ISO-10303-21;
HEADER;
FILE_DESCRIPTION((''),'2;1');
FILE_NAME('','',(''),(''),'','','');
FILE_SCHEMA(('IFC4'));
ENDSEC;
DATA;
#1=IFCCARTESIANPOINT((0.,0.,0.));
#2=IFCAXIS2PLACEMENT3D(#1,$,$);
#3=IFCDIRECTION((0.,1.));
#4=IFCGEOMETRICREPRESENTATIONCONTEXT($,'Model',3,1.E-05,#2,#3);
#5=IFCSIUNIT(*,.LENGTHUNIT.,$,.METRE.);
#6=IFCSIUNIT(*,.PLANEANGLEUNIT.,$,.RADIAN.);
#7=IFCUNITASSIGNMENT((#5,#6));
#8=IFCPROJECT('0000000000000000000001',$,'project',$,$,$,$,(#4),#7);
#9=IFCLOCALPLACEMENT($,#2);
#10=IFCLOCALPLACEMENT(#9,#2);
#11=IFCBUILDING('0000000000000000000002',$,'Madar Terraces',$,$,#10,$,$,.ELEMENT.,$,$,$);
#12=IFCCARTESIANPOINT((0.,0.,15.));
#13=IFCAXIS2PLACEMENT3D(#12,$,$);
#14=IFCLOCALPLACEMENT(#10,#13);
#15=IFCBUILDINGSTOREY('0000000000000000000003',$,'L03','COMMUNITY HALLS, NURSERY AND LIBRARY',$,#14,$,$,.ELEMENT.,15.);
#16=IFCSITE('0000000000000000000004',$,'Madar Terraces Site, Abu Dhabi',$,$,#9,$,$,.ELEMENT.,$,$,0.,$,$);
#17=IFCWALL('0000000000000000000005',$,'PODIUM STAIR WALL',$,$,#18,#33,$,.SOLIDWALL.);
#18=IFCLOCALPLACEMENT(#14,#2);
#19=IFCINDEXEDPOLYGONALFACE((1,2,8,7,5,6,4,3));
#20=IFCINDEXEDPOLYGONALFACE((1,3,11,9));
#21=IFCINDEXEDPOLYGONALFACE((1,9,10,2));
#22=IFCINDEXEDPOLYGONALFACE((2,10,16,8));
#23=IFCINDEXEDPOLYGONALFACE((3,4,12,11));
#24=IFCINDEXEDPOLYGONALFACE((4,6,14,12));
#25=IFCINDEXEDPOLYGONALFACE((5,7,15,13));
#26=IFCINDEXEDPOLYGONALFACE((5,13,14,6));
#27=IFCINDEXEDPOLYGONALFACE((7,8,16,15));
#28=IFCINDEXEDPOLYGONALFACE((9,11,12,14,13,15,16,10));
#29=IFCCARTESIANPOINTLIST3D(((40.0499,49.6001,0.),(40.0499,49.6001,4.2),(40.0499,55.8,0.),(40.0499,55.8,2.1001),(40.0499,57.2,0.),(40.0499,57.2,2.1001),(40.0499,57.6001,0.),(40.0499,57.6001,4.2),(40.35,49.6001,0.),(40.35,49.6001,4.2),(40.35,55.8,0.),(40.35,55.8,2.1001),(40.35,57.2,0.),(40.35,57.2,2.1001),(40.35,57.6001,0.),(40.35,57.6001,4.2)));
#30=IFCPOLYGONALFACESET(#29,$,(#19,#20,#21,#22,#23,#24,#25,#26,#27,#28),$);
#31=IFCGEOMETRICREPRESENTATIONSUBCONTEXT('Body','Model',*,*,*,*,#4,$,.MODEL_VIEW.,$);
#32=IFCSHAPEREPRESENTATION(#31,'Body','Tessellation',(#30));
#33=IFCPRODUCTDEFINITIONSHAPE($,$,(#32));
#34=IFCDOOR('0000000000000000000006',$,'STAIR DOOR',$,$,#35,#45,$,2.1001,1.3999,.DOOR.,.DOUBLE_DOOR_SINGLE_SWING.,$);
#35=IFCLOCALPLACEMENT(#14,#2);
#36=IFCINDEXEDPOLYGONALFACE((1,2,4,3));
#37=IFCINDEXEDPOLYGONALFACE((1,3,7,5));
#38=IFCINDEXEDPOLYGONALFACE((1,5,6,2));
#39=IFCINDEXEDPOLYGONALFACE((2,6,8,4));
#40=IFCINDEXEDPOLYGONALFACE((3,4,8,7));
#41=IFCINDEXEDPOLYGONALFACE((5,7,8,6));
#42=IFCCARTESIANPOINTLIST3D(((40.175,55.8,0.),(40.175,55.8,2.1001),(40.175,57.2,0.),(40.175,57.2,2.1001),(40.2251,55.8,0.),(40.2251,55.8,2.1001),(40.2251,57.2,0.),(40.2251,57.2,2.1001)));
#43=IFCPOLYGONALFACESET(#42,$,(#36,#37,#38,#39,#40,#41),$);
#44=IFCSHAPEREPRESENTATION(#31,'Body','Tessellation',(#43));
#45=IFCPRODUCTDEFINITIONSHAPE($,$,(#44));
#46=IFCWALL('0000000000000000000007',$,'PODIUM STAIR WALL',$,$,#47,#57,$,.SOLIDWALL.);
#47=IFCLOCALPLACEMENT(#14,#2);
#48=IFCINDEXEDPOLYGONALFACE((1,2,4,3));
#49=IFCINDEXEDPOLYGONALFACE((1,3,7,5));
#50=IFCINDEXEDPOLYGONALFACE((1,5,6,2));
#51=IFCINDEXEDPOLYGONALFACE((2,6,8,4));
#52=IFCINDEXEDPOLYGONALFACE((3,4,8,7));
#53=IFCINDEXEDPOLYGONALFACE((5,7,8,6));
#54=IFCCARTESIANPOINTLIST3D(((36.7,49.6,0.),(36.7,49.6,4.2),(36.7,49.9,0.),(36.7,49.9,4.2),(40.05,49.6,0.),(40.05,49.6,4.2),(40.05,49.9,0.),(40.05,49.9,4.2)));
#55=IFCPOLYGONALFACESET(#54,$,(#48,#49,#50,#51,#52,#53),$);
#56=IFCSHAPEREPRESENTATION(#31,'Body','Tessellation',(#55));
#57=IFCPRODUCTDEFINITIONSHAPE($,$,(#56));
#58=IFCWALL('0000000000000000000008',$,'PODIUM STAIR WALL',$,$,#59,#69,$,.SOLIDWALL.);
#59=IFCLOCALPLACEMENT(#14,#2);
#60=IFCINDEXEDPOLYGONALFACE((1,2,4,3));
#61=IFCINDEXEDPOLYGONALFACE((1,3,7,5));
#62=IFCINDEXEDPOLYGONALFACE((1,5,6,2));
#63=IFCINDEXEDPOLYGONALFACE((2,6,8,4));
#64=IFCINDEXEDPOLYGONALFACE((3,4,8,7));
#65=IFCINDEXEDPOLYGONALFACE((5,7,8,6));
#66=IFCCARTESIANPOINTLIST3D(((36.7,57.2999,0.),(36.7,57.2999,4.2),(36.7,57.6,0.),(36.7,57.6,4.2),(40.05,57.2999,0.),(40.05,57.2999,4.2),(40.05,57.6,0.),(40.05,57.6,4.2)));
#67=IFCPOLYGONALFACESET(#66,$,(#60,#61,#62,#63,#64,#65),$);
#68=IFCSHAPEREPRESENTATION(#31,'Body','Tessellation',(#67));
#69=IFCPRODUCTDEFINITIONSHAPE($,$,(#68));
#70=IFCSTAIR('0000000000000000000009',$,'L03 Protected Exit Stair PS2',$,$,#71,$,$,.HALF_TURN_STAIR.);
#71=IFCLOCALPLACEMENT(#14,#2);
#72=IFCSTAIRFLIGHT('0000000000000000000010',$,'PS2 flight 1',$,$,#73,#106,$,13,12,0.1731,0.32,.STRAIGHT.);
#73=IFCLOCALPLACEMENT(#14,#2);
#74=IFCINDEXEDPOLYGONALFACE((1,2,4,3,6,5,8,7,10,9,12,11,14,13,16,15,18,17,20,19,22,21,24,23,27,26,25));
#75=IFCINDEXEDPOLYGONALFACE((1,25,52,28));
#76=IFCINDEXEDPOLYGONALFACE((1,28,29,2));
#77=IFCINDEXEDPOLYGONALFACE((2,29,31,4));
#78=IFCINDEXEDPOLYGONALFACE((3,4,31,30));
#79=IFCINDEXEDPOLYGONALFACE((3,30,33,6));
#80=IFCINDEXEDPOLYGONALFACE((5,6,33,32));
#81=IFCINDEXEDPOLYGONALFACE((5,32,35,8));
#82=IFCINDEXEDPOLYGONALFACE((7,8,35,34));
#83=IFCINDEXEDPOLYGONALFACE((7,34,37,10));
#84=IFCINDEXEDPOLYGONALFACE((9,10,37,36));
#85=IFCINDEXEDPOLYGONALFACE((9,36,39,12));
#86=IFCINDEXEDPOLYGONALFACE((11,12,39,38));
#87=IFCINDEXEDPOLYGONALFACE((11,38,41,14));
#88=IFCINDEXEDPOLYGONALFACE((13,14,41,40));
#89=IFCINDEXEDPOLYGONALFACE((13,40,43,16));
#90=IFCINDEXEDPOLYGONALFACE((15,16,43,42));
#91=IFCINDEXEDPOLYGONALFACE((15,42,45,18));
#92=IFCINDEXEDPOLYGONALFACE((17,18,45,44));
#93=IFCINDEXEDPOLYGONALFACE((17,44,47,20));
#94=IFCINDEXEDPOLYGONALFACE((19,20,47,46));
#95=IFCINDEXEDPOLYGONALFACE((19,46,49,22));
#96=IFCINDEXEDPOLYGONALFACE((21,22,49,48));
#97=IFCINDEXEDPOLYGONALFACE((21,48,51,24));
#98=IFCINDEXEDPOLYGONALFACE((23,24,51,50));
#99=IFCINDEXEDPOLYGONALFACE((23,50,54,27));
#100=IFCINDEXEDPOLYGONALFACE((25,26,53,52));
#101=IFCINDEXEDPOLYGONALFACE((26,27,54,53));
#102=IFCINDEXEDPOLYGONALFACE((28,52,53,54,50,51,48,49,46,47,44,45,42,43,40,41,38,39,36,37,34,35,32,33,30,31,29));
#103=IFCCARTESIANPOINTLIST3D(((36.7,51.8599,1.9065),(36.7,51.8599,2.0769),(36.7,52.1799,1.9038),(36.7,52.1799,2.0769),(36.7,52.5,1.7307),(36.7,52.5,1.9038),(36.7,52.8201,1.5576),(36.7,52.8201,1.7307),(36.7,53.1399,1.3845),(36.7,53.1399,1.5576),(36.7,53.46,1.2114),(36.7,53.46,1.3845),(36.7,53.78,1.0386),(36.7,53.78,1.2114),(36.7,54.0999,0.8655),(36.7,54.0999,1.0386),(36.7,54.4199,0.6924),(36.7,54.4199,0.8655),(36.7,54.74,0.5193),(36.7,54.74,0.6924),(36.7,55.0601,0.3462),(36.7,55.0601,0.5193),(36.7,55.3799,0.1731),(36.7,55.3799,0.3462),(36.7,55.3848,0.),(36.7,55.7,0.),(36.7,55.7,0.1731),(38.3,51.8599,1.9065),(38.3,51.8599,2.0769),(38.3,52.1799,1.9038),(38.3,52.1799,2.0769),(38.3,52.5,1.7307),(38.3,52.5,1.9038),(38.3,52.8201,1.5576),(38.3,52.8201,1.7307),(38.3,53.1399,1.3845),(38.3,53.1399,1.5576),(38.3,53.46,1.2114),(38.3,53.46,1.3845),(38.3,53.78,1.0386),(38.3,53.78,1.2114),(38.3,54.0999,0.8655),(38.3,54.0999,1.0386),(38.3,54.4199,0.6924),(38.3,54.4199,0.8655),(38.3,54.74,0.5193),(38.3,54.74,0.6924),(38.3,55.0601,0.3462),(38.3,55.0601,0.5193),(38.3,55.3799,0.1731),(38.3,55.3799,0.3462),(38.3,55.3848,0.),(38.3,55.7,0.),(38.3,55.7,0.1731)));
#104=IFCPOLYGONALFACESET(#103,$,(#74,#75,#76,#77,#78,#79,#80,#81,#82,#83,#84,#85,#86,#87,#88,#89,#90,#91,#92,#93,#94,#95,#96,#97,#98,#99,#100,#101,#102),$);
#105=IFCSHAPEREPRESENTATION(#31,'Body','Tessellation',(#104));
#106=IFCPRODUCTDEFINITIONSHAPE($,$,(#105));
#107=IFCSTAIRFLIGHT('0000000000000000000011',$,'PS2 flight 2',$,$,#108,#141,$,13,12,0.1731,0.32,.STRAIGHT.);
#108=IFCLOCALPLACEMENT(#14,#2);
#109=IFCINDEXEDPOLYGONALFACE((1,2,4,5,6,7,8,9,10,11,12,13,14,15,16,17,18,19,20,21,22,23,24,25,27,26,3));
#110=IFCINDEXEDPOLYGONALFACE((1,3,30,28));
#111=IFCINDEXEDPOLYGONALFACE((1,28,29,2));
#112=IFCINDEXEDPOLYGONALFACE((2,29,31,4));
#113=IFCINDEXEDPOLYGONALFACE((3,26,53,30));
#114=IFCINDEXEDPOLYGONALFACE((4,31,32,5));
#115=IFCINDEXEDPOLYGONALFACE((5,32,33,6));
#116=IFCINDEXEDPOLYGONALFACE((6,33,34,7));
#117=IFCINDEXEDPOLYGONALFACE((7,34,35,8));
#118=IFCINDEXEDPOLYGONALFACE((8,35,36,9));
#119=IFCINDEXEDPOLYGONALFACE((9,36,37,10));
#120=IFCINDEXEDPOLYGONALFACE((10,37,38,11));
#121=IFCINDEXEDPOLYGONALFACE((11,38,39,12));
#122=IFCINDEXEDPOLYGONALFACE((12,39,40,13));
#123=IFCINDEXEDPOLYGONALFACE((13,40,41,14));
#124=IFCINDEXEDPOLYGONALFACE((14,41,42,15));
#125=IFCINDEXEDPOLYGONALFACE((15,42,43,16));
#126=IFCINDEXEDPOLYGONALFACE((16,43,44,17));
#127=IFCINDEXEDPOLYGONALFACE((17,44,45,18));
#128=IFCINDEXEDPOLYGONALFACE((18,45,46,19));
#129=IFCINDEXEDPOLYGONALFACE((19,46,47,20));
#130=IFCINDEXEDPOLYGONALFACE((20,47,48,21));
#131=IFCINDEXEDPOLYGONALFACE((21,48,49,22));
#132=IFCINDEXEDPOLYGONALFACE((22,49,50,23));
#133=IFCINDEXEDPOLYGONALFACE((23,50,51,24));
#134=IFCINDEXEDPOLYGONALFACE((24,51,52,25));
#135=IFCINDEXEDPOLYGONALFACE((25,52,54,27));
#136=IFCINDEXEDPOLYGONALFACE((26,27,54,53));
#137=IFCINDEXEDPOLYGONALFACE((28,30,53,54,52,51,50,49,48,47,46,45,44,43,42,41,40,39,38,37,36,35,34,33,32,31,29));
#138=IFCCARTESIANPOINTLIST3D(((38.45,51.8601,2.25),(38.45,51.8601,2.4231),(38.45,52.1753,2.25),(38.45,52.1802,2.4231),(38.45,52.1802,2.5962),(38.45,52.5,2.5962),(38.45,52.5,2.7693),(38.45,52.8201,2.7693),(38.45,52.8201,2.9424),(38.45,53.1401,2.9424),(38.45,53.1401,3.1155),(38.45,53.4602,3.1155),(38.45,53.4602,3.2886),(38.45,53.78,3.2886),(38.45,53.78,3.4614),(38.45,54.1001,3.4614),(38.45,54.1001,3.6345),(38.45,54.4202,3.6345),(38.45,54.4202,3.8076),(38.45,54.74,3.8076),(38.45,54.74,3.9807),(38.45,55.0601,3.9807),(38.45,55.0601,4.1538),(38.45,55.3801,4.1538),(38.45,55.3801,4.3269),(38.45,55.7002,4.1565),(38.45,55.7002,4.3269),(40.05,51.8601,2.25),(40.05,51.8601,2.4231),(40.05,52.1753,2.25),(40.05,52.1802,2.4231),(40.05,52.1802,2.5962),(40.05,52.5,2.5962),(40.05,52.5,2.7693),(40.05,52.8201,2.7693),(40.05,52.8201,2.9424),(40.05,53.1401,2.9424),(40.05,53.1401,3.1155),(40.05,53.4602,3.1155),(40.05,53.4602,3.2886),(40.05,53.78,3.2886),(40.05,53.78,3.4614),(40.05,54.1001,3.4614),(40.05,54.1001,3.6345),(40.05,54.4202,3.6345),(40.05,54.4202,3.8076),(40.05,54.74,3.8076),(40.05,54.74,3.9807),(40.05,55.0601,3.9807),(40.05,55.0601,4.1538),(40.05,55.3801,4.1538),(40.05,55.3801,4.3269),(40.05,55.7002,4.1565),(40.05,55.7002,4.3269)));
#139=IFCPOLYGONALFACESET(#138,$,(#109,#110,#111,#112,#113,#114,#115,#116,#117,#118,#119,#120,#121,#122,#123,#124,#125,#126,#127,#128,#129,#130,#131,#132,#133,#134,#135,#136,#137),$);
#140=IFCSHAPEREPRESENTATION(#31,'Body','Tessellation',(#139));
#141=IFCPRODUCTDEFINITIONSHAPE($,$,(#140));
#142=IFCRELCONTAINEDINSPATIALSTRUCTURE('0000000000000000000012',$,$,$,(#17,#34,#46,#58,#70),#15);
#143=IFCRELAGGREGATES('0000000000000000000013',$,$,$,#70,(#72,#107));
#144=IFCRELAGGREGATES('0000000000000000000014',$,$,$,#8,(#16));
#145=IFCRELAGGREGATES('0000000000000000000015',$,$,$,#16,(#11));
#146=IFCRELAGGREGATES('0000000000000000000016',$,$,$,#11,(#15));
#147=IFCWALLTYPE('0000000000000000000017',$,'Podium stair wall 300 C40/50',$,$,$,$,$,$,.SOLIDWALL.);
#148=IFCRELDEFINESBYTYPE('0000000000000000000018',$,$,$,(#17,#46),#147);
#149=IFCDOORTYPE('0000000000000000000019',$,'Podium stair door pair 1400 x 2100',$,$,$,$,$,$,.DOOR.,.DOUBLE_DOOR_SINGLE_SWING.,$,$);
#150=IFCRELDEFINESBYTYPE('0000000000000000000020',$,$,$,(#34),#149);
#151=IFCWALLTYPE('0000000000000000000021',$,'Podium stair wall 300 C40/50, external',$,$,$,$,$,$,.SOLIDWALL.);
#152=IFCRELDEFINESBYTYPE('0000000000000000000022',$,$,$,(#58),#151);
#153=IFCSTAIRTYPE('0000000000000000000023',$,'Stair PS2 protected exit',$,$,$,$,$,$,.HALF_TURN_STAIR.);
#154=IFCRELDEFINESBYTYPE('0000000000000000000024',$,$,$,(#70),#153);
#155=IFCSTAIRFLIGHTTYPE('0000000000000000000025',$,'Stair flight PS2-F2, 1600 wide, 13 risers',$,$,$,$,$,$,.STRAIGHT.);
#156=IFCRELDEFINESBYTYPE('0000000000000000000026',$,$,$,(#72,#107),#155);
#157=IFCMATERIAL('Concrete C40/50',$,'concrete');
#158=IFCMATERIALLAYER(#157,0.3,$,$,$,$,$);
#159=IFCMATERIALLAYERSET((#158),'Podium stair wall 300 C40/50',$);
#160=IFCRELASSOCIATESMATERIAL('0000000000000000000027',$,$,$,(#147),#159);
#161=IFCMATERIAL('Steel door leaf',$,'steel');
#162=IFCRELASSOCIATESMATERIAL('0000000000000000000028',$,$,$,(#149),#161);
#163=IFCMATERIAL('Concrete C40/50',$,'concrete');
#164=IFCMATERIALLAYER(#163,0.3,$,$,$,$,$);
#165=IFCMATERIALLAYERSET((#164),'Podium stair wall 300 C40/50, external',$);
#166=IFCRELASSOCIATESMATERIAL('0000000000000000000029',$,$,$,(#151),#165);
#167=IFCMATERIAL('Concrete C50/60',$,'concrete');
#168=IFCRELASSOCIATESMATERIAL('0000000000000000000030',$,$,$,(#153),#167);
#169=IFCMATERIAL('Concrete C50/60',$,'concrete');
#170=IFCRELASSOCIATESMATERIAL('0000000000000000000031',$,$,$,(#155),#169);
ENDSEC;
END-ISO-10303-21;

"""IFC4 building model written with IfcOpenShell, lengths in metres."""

from ifc_helpers import new_model, si_unit, direction, frame, frame_2d, origin, place, context, subcontext, project, spatial, polyline, rectangle, outline, extrude, material, layer, layer_set, type_object, element, fill, aggregate, save


model = new_model("IFC4")

# Units and contexts
model_context = context("Model", 3, precision=1e-05, world=origin(), true_north=direction((0.0, 1.0)))
body_context = subcontext(model_context, "Body", "Model", "MODEL_VIEW")
ifc_project = project(units=[si_unit("LENGTHUNIT", "METRE"), si_unit("PLANEANGLEUNIT", "RADIAN")], contexts=[model_context])

# Site, building, storey
site_placement = place(None, origin())
site = spatial("IfcSite", under=ifc_project, at=site_placement, Name="Madar Terraces Site, Abu Dhabi", CompositionType="ELEMENT", RefElevation=0.0)
building_placement = place(site_placement, origin())
building = spatial("IfcBuilding", under=site, at=building_placement, Name="Madar Terraces", CompositionType="ELEMENT")
storey_placement = place(building_placement, frame((0.0, 0.0, 15.0)))
storey = spatial("IfcBuildingStorey", under=building, at=storey_placement, Name="L03", Description="COMMUNITY HALLS, NURSERY AND LIBRARY", CompositionType="ELEMENT", Elevation=15.0)

# Shared definitions
ifc_material_1 = material(Name="Concrete C40/50", Category="concrete")
ifc_layer_1 = layer(ifc_material_1, 0.3)
ifc_layer_set_1 = layer_set([ifc_layer_1], Name="Podium stair wall 300 C40/50")
wall_type_1 = type_object("IfcWallType", Name="Podium stair wall 300 C40/50", PredefinedType="SOLIDWALL", material=ifc_layer_set_1)

# Wall, opening, door
wall_1_placement = place(storey_placement, frame((40.2, 49.6001, 0.0), z_axis=(0.0, 0.0, 1.0), x_axis=(0.0, 1.0, 0.0)))
wall_1 = element("IfcWall", 1, at=wall_1_placement, inside=storey, type_object=wall_type_1, Name="PODIUM STAIR WALL", PredefinedType="SOLIDWALL", context=body_context, shape_type="SweptSolid", body=[
    extrude(rectangle(XDim=8.0, YDim=0.3, at=frame_2d((4.0, 0.0))), origin(), (0.0, 0.0, 1.0), 4.2),
])
opening_1_placement = place(wall_1_placement, frame((6.2, 0.0, 0.0)))
opening_1 = element("IfcOpeningElement", 2, at=opening_1_placement, cuts=wall_1, PredefinedType="OPENING", context=body_context, shape_type="SweptSolid", body=[
    extrude(rectangle(XDim=1.3999, YDim=2.1001, at=frame_2d((0.7, 1.05))), frame((0.0, 0.1599, 0.0), z_axis=(0.0, -1.0, 0.0), x_axis=(1.0, 0.0, 0.0)), (0.0, 0.0, 1.0), 0.3201),
])
ifc_material_2 = material(Name="Steel door leaf", Category="steel")
door_type_1 = type_object("IfcDoorType", Name="Podium stair door pair 1400 x 2100", OperationType="DOUBLE_DOOR_SINGLE_SWING", PredefinedType="DOOR", material=ifc_material_2)
door_1_placement = place(opening_1_placement, origin())
door_1 = element("IfcDoor", 3, at=door_1_placement, inside=storey, type_object=door_type_1, Name="STAIR DOOR", OperationType="DOUBLE_DOOR_SINGLE_SWING", OverallHeight=2.1001, OverallWidth=1.3999, PredefinedType="DOOR", context=body_context, shape_type="SweptSolid", body=[
    extrude(rectangle(XDim=1.3999, YDim=2.1001, at=frame_2d((0.7, 1.05))), frame((0.0, 0.0249, 0.0), z_axis=(0.0, -1.0, 0.0), x_axis=(1.0, 0.0, 0.0)), (0.0, 0.0, 1.0), 0.05),
])
fill(opening_1, door_1)

# Walls
wall_2_placement = place(storey_placement, frame((36.7, 49.75, 0.0), z_axis=(0.0, 0.0, 1.0), x_axis=(1.0, 0.0, 0.0)))
element("IfcWall", 4, at=wall_2_placement, inside=storey, type_object=wall_type_1, Name="PODIUM STAIR WALL", PredefinedType="SOLIDWALL", context=body_context, shape_type="SweptSolid", body=[
    extrude(rectangle(XDim=3.3501, YDim=0.3, at=frame_2d((1.675, 0.0))), origin(), (0.0, 0.0, 1.0), 4.2),
])
ifc_material_3 = material(Name="Concrete C40/50", Category="concrete")
ifc_layer_2 = layer(ifc_material_3, 0.3)
ifc_layer_set_2 = layer_set([ifc_layer_2], Name="Podium stair wall 300 C40/50, external")
wall_type_2 = type_object("IfcWallType", Name="Podium stair wall 300 C40/50, external", PredefinedType="SOLIDWALL", material=ifc_layer_set_2)
wall_3_placement = place(storey_placement, frame((36.7, 57.45, 0.0), z_axis=(0.0, 0.0, 1.0), x_axis=(1.0, 0.0, 0.0)))
element("IfcWall", 5, at=wall_3_placement, inside=storey, type_object=wall_type_2, Name="PODIUM STAIR WALL", PredefinedType="SOLIDWALL", context=body_context, shape_type="SweptSolid", body=[
    extrude(rectangle(XDim=3.3501, YDim=0.3, at=frame_2d((1.675, 0.0))), origin(), (0.0, 0.0, 1.0), 4.2),
])

# Stair, stair flights
ifc_material_4 = material(Name="Concrete C50/60", Category="concrete")
stair_type = type_object("IfcStairType", Name="Stair PS2 protected exit", PredefinedType="HALF_TURN_STAIR", material=ifc_material_4)
stair_placement = place(storey_placement, origin())
stair = element("IfcStair", 6, at=stair_placement, inside=storey, type_object=stair_type, Name="L03 Protected Exit Stair PS2", PredefinedType="HALF_TURN_STAIR")
ifc_material_5 = material(Name="Concrete C50/60", Category="concrete")
stair_flight_type = type_object("IfcStairFlightType", Name="Stair flight PS2-F2, 1600 wide, 13 risers", PredefinedType="STRAIGHT", material=ifc_material_5)
stair_flight_1_placement = place(storey_placement, frame((37.5, 55.7, 0.0), z_axis=(0.0, 0.0, 1.0), x_axis=(0.0, -1.0, 0.0)))
stair_flight_1 = element("IfcStairFlight", 7, at=stair_flight_1_placement, type_object=stair_flight_type, Name="PS2 flight 1", NumberOfRisers=13, NumberOfTreads=12, PredefinedType="STRAIGHT", RiserHeight=0.1731, TreadLength=0.32, context=body_context, shape_type="SweptSolid", body=[
    extrude(outline(polyline([(0.0, 0.0), (0.0, 0.1731), (0.3201, 0.1731), (0.3201, 0.3462), (0.6399, 0.3462), (0.6399, 0.5193), (0.96, 0.5193), (0.96, 0.6924), (1.28, 0.6924), (1.28, 0.8655), (1.6001, 0.8655), (1.6001, 1.0386), (1.9199, 1.0386), (1.9199, 1.2114), (2.24, 1.2114), (2.24, 1.3845), (2.5601, 1.3845), (2.5601, 1.5576), (2.8799, 1.5576), (2.8799, 1.7307), (3.2, 1.7307), (3.2, 1.9038), (3.52, 1.9038), (3.52, 2.0769), (3.8401, 2.0769), (3.8401, 2.25), (3.8401, 1.9065), (0.3152, 0.0), (0.0, 0.0)])), frame((0.0, 0.8, 0.0), z_axis=(0.0, -1.0, 0.0), x_axis=(1.0, 0.0, 0.0)), (0.0, 0.0, 1.0), 1.6001),
])
stair_flight_2_placement = place(storey_placement, frame((39.25, 51.8601, 2.25), z_axis=(0.0, 0.0, 1.0), x_axis=(0.0, 1.0, 0.0)))
stair_flight_2 = element("IfcStairFlight", 8, at=stair_flight_2_placement, type_object=stair_flight_type, Name="PS2 flight 2", NumberOfRisers=13, NumberOfTreads=12, PredefinedType="STRAIGHT", RiserHeight=0.1731, TreadLength=0.32, context=body_context, shape_type="SweptSolid", body=[
    extrude(outline(polyline([(0.0, 0.0), (0.0, 0.1731), (0.3201, 0.1731), (0.3201, 0.3462), (0.6399, 0.3462), (0.6399, 0.5193), (0.96, 0.5193), (0.96, 0.6924), (1.28, 0.6924), (1.28, 0.8655), (1.6001, 0.8655), (1.6001, 1.0386), (1.9199, 1.0386), (1.9199, 1.2114), (2.24, 1.2114), (2.24, 1.3845), (2.5601, 1.3845), (2.5601, 1.5576), (2.8799, 1.5576), (2.8799, 1.7307), (3.2, 1.7307), (3.2, 1.9038), (3.52, 1.9038), (3.52, 2.0769), (3.8401, 2.0769), (3.8401, 2.25), (3.8401, 1.9065), (0.3152, 0.0), (0.0, 0.0)])), frame((0.0, 0.8, 0.0), z_axis=(0.0, -1.0, 0.0), x_axis=(1.0, 0.0, 0.0)), (0.0, 0.0, 1.0), 1.6001),
])
aggregate(stair, [stair_flight_1, stair_flight_2])

save(model, "model.ifc")
